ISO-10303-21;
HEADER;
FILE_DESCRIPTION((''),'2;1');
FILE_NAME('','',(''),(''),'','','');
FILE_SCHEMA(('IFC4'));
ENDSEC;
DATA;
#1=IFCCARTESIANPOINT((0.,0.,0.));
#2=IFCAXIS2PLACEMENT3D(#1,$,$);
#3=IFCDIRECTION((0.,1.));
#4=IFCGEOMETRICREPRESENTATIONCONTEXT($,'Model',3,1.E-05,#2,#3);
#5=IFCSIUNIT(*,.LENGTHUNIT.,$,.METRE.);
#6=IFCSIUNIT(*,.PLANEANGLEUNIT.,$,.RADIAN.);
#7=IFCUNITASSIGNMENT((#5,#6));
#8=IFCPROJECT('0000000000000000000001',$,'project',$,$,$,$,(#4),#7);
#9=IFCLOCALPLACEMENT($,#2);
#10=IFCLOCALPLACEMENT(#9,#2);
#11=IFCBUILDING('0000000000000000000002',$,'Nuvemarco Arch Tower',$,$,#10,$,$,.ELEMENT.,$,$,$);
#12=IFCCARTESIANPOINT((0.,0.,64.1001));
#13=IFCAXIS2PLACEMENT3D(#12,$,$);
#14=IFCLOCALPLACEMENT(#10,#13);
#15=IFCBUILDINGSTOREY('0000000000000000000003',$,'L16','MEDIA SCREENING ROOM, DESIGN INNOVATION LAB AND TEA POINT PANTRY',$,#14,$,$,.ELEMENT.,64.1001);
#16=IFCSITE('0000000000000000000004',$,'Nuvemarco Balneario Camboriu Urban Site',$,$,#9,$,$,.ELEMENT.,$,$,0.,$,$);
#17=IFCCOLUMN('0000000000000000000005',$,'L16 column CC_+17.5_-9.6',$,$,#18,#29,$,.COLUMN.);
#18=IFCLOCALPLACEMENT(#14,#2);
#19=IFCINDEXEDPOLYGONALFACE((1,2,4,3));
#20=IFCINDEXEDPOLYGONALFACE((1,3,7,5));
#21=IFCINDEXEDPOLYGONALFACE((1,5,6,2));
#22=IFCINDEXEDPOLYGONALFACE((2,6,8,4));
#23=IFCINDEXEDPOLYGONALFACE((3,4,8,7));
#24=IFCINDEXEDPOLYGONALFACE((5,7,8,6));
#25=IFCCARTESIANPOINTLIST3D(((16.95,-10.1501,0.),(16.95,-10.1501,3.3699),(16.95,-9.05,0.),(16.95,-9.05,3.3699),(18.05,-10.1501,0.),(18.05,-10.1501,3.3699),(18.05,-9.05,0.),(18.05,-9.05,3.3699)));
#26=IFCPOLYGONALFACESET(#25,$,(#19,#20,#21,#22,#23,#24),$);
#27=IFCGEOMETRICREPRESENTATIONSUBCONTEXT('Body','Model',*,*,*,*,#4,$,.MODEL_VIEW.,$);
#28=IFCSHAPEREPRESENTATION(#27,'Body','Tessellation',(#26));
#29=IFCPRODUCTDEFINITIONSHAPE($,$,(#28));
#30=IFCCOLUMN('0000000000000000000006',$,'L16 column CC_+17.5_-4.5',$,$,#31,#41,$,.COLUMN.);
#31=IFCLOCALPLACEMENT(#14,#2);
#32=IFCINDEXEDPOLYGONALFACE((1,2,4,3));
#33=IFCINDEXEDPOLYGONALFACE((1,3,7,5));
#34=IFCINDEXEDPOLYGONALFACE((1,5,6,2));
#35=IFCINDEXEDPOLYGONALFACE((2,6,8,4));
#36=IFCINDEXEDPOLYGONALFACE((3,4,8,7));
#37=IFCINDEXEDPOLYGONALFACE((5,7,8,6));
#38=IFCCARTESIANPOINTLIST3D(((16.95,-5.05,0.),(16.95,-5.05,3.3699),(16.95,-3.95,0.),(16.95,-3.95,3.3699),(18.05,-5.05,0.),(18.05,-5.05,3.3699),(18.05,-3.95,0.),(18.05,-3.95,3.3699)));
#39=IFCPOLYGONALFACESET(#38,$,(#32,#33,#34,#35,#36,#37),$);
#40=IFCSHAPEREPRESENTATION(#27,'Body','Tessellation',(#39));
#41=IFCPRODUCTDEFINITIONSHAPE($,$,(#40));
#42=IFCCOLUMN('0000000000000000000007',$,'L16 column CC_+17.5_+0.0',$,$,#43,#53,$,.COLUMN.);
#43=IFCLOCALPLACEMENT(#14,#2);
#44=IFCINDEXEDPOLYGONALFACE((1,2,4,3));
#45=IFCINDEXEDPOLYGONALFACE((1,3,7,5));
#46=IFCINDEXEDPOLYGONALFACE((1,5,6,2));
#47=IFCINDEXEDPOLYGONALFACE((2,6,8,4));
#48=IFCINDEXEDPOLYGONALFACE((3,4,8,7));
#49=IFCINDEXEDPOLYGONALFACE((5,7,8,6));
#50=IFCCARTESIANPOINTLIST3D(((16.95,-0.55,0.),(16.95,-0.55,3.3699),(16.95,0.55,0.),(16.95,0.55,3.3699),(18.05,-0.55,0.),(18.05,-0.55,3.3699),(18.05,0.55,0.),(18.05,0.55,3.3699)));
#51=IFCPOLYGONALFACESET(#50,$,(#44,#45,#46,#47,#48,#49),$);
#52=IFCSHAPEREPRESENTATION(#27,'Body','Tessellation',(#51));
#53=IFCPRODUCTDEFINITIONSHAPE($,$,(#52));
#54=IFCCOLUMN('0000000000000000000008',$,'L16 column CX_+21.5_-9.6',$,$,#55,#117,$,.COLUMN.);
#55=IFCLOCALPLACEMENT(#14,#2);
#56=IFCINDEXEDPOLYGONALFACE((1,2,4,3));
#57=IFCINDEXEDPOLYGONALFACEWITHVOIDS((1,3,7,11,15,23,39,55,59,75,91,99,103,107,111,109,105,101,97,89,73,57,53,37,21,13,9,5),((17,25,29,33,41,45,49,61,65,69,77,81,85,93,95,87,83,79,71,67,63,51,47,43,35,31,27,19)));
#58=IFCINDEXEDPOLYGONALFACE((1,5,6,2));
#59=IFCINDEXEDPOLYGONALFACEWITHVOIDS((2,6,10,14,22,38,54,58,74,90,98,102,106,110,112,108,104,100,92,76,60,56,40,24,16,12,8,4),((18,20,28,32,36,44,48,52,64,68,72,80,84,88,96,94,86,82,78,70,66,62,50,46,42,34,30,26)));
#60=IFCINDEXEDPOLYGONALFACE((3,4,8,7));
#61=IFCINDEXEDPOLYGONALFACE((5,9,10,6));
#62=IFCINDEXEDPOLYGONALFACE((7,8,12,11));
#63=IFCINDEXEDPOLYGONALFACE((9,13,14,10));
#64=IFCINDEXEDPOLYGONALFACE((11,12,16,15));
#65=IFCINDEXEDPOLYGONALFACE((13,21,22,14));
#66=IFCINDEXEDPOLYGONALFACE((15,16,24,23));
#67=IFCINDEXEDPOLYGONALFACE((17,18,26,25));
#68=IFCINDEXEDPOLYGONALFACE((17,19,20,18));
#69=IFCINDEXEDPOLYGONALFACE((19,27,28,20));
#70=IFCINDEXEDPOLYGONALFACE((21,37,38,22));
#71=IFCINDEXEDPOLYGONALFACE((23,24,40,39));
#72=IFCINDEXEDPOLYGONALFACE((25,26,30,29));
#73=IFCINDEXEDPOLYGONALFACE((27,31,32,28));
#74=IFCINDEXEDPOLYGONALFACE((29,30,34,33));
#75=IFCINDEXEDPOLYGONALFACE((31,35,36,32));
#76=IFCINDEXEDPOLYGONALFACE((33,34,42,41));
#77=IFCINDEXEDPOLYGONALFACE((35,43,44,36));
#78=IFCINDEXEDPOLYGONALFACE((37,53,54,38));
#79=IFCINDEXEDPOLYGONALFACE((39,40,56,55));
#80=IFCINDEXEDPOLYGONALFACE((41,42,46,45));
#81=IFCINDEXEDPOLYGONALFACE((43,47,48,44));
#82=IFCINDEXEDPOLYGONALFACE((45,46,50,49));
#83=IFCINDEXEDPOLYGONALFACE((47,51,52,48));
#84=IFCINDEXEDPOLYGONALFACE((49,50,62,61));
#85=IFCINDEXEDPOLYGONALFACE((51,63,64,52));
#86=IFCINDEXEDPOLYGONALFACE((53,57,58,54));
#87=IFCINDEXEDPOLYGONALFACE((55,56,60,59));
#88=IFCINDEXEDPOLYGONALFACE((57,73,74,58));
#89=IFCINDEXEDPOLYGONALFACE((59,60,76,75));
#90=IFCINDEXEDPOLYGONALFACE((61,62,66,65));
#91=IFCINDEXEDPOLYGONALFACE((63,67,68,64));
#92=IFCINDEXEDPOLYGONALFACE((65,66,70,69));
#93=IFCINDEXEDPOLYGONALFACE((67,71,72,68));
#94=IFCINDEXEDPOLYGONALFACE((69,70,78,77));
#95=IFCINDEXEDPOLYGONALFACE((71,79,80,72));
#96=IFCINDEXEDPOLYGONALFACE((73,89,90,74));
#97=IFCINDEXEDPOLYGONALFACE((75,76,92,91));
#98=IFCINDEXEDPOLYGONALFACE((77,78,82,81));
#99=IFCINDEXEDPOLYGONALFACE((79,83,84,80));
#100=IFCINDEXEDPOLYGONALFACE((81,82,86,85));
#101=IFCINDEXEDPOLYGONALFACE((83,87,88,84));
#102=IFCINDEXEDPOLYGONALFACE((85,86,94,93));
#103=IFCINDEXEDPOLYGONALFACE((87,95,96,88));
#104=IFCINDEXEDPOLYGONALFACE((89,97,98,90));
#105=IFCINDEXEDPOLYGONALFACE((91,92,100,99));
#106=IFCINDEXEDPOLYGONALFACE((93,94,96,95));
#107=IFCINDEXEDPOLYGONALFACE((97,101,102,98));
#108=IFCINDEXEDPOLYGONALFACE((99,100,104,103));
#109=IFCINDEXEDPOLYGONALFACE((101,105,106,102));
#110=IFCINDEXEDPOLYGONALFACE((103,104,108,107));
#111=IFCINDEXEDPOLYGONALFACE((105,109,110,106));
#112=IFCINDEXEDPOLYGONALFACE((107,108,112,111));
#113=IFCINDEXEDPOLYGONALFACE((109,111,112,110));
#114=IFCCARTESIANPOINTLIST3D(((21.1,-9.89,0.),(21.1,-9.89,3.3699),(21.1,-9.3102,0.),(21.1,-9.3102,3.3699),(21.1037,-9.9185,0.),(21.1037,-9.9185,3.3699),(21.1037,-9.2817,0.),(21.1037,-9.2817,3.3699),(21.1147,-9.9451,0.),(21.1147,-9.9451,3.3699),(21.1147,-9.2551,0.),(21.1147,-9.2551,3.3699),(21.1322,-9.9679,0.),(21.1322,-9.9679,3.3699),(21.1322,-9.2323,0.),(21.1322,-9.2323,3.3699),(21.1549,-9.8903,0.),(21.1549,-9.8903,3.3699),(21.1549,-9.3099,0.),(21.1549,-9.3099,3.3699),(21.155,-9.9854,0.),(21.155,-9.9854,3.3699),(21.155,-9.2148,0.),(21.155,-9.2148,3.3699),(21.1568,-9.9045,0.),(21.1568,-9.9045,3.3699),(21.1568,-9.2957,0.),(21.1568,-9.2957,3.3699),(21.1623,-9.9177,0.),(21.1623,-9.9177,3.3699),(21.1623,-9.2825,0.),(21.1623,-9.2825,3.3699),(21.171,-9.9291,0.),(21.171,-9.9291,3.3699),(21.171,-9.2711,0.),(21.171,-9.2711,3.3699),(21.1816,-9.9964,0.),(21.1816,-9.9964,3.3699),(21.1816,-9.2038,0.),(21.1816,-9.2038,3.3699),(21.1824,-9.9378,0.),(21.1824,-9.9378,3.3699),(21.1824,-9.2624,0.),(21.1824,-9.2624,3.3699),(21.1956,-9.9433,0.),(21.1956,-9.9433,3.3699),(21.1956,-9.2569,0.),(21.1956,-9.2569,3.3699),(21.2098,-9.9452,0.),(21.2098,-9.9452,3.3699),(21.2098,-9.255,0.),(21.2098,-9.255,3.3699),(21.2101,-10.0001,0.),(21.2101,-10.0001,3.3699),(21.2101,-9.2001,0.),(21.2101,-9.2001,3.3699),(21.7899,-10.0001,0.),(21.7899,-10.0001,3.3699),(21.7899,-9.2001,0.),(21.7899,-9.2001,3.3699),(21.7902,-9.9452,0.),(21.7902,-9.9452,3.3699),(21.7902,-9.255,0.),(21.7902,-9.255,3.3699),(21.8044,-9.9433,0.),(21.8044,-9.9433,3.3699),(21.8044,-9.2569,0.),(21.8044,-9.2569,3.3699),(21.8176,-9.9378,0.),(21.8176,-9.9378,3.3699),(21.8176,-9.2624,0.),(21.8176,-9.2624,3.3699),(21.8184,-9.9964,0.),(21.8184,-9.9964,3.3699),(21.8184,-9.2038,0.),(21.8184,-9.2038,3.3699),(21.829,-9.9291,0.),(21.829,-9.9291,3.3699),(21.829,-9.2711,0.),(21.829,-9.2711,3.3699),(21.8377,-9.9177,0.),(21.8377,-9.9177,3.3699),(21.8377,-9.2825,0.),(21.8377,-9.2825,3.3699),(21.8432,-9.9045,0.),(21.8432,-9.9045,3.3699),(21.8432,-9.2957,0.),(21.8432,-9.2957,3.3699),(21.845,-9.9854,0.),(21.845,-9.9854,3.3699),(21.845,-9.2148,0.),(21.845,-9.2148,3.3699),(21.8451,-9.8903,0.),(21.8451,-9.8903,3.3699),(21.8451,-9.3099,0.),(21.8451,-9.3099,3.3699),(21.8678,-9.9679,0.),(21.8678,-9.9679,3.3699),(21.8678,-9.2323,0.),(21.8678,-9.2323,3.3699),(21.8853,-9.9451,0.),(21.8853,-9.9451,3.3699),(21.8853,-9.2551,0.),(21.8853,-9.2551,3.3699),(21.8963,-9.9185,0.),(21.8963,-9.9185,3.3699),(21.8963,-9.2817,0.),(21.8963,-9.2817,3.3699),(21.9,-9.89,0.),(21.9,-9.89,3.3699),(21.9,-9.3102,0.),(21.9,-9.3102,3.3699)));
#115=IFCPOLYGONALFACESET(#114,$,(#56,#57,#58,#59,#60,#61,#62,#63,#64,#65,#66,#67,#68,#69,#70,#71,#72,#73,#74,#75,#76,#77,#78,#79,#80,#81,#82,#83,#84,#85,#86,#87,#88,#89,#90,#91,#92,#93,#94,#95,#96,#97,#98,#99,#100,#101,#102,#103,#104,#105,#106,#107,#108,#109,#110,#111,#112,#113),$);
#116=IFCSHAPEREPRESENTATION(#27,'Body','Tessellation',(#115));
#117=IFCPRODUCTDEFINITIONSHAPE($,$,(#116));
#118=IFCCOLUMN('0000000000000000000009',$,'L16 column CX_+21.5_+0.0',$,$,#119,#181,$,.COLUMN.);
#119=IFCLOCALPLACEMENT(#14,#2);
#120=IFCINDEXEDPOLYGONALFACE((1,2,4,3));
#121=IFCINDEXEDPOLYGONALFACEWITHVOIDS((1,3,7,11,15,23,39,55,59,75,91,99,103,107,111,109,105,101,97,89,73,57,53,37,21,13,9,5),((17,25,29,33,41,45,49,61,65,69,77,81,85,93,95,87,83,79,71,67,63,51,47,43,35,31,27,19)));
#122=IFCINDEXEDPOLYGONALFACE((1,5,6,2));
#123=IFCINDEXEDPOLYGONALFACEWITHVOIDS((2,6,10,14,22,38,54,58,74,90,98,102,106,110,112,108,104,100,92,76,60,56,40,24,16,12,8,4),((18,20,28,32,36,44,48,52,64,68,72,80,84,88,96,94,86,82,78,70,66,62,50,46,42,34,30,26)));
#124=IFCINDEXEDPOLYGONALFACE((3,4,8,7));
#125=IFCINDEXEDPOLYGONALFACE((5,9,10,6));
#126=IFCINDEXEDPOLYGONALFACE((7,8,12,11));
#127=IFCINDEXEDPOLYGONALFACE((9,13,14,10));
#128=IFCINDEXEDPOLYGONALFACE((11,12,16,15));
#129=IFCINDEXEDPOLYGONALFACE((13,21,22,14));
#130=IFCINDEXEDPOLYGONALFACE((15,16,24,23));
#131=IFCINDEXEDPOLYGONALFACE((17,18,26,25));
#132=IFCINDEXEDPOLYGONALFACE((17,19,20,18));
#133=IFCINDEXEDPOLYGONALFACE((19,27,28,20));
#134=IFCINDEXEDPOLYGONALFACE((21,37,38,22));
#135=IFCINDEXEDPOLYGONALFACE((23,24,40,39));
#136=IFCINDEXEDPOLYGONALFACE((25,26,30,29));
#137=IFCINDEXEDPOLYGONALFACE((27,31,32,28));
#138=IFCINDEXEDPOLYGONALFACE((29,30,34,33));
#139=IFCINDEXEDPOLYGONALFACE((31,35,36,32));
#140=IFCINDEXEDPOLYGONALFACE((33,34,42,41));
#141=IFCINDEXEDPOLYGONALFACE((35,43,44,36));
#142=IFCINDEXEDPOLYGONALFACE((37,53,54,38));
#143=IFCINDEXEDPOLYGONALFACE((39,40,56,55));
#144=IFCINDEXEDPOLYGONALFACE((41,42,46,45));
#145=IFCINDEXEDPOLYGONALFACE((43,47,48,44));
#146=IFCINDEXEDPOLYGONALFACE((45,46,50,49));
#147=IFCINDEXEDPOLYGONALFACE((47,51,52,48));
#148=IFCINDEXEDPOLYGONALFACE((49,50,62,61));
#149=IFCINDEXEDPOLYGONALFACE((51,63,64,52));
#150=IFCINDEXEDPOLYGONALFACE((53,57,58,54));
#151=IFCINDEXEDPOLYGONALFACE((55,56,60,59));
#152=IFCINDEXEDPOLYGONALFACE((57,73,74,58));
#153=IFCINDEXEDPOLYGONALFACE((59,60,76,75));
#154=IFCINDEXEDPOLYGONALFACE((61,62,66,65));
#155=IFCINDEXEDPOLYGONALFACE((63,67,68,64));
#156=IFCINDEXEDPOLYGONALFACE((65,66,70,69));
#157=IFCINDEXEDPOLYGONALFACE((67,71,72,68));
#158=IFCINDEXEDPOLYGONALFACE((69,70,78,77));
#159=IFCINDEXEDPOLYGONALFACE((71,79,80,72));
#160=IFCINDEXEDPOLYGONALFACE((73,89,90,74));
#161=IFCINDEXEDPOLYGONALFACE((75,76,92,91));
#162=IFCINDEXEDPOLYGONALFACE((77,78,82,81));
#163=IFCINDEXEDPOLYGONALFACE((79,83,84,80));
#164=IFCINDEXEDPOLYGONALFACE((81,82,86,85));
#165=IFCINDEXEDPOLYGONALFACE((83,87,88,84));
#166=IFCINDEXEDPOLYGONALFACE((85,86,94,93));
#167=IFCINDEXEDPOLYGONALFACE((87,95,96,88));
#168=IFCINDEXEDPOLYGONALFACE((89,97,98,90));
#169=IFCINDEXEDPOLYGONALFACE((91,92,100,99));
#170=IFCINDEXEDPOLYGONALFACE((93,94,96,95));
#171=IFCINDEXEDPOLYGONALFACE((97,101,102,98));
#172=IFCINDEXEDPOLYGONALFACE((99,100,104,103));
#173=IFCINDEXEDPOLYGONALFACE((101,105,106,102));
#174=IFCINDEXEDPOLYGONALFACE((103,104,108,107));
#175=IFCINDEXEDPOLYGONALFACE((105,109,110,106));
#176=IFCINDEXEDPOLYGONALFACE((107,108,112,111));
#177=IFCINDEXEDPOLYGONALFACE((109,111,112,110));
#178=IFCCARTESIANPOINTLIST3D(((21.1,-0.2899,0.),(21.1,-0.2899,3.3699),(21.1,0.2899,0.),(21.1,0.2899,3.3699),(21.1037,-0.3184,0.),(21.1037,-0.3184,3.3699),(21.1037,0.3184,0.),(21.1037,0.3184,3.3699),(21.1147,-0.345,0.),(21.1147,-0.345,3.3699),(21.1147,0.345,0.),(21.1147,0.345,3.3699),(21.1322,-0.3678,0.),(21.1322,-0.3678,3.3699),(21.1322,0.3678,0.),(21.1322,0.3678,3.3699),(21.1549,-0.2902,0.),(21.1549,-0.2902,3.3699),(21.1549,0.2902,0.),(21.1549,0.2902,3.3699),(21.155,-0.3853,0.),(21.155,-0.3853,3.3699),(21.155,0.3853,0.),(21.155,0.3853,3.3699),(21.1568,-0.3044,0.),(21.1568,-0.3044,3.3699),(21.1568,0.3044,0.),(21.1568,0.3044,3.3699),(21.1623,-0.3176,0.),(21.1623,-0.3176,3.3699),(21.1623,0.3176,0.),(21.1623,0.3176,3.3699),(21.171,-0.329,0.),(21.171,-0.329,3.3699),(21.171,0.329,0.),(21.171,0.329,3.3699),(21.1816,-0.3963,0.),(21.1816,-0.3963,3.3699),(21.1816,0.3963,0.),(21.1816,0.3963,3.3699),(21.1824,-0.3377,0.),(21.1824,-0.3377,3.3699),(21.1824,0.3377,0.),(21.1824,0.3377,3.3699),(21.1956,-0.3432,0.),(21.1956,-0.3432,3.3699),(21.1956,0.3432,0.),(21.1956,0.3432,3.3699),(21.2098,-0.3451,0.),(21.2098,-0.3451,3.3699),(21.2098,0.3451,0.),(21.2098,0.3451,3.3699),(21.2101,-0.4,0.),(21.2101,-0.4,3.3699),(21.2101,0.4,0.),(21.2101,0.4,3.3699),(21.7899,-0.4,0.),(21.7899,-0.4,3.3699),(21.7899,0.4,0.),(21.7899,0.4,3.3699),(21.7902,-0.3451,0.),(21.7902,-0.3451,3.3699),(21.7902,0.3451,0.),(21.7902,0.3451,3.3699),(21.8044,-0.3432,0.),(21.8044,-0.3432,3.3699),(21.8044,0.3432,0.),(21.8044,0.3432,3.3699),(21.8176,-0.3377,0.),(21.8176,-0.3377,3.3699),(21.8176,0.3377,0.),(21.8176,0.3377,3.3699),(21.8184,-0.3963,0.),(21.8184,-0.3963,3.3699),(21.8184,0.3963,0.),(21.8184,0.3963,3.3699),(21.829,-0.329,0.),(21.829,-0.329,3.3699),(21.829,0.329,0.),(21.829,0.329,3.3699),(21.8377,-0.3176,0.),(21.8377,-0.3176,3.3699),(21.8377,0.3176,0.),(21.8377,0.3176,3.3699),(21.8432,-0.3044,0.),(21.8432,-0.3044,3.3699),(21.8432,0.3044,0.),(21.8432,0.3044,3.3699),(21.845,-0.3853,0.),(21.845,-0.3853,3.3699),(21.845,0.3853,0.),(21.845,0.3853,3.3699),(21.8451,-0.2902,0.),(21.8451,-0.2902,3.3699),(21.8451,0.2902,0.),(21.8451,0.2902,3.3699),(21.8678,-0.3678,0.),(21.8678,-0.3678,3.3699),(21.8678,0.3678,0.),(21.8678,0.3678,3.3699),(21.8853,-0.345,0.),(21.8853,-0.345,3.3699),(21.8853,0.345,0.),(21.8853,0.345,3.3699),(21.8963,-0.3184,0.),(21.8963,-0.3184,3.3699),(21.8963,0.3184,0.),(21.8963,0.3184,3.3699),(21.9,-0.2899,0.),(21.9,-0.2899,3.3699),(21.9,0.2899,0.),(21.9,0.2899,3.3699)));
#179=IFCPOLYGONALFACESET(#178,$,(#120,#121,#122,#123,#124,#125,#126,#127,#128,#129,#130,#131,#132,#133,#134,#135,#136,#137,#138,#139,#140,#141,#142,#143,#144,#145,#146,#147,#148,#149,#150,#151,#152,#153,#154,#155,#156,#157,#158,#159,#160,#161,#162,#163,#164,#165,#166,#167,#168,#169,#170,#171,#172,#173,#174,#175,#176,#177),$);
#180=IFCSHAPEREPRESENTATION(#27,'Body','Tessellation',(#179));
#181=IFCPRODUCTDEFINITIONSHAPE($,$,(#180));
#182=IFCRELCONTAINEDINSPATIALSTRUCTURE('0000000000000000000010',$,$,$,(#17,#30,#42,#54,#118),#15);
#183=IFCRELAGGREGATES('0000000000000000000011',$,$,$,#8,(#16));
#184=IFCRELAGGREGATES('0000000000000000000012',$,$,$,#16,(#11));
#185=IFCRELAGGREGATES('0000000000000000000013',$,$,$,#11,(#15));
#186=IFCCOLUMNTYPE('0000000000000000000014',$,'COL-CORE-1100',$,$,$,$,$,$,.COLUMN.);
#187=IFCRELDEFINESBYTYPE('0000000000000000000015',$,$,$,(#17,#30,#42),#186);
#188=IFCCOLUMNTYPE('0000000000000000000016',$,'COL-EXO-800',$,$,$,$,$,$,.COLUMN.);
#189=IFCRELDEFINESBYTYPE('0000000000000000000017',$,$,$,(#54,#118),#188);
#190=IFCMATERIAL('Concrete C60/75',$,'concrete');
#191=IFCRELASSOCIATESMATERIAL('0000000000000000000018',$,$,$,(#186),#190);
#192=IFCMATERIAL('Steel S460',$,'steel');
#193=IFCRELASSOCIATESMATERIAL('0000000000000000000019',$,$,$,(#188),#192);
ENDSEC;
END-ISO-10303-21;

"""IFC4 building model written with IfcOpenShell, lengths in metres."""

from ifc_helpers import new_model, si_unit, direction, frame, origin, origin_2d, place, context, subcontext, project, spatial, rectangle, hollow_rectangle, extrude, material, material_profile, profile_set, type_object, element, save


model = new_model("IFC4")

# Units and contexts
model_context = context("Model", 3, precision=1e-05, world=origin(), true_north=direction((0.0, 1.0)))
body_context = subcontext(model_context, "Body", "Model", "MODEL_VIEW")
ifc_project = project(units=[si_unit("LENGTHUNIT", "METRE"), si_unit("PLANEANGLEUNIT", "RADIAN")], contexts=[model_context])

# Site, building, storey
site_placement = place(None, origin())
site = spatial("IfcSite", under=ifc_project, at=site_placement, Name="Nuvemarco Balneario Camboriu Urban Site", CompositionType="ELEMENT", RefElevation=0.0)
building_placement = place(site_placement, origin())
building = spatial("IfcBuilding", under=site, at=building_placement, Name="Nuvemarco Arch Tower", CompositionType="ELEMENT")
storey_placement = place(building_placement, frame((0.0, 0.0, 64.1001)))
storey = spatial("IfcBuildingStorey", under=building, at=storey_placement, Name="L16", Description="MEDIA SCREENING ROOM, DESIGN INNOVATION LAB AND TEA POINT PANTRY", CompositionType="ELEMENT", Elevation=64.1001)

# Columns
ifc_material_1 = material(Name="Concrete C60/75", Category="concrete")
ifc_material_profile_1 = material_profile(ifc_material_1, rectangle(XDim=1.1001, YDim=1.1001, at=origin_2d()), Name="RC-COL-1100x1100")
ifc_profile_set_1 = profile_set([ifc_material_profile_1], Name="Concrete C60/75")
column_type_1 = type_object("IfcColumnType", Name="COL-CORE-1100", PredefinedType="COLUMN", material=ifc_profile_set_1)
for number, where, z_axis, x_axis, name in (
    (1, (17.5, -9.6001, 0.0), (0.0, 0.0, 1.0), (1.0, 0.0, 0.0), "L16 column CC_+17.5_-9.6"),
    (2, (17.5, -4.5, 0.0), (0.0, 0.0, 1.0), (1.0, 0.0, 0.0), "L16 column CC_+17.5_-4.5"),
    (3, (17.5, 0.0, 0.0), (0.0, 0.0, 1.0), (1.0, 0.0, 0.0), "L16 column CC_+17.5_+0.0"),
):
    element("IfcColumn", number, at=place(storey_placement, frame(where, z_axis=z_axis, x_axis=x_axis)), inside=storey, type_object=column_type_1, Name=name, PredefinedType="COLUMN", context=body_context, shape_type="SweptSolid", body=[
        extrude(rectangle(XDim=1.1001, YDim=1.1001, at=origin_2d()), origin(), (0.0, 0.0, 1.0), 3.3699),
    ])
ifc_material_2 = material(Name="Steel S460", Category="steel")
ifc_material_profile_2 = material_profile(ifc_material_2, hollow_rectangle(XDim=0.8, YDim=0.8, WallThickness=0.0549, InnerFilletRadius=0.0549, OuterFilletRadius=0.1101, at=origin_2d()), Name="SHS800x800x55")
ifc_profile_set_2 = profile_set([ifc_material_profile_2], Name="Steel S460")
column_type_2 = type_object("IfcColumnType", Name="COL-EXO-800", PredefinedType="COLUMN", material=ifc_profile_set_2)
for number, where, z_axis, x_axis, name in (
    (4, (21.5, -9.6001, 0.0), (0.0, 0.0, 1.0), (1.0, 0.0, 0.0), "L16 column CX_+21.5_-9.6"),
    (5, (21.5, 0.0, 0.0), (0.0, 0.0, 1.0), (1.0, 0.0, 0.0), "L16 column CX_+21.5_+0.0"),
):
    element("IfcColumn", number, at=place(storey_placement, frame(where, z_axis=z_axis, x_axis=x_axis)), inside=storey, type_object=column_type_2, Name=name, PredefinedType="COLUMN", context=body_context, shape_type="SweptSolid", body=[
        extrude(hollow_rectangle(XDim=0.8, YDim=0.8, WallThickness=0.0549, InnerFilletRadius=0.0549, OuterFilletRadius=0.1101, at=origin_2d()), origin(), (0.0, 0.0, 1.0), 3.3699),
    ])

save(model, "model.ifc")
